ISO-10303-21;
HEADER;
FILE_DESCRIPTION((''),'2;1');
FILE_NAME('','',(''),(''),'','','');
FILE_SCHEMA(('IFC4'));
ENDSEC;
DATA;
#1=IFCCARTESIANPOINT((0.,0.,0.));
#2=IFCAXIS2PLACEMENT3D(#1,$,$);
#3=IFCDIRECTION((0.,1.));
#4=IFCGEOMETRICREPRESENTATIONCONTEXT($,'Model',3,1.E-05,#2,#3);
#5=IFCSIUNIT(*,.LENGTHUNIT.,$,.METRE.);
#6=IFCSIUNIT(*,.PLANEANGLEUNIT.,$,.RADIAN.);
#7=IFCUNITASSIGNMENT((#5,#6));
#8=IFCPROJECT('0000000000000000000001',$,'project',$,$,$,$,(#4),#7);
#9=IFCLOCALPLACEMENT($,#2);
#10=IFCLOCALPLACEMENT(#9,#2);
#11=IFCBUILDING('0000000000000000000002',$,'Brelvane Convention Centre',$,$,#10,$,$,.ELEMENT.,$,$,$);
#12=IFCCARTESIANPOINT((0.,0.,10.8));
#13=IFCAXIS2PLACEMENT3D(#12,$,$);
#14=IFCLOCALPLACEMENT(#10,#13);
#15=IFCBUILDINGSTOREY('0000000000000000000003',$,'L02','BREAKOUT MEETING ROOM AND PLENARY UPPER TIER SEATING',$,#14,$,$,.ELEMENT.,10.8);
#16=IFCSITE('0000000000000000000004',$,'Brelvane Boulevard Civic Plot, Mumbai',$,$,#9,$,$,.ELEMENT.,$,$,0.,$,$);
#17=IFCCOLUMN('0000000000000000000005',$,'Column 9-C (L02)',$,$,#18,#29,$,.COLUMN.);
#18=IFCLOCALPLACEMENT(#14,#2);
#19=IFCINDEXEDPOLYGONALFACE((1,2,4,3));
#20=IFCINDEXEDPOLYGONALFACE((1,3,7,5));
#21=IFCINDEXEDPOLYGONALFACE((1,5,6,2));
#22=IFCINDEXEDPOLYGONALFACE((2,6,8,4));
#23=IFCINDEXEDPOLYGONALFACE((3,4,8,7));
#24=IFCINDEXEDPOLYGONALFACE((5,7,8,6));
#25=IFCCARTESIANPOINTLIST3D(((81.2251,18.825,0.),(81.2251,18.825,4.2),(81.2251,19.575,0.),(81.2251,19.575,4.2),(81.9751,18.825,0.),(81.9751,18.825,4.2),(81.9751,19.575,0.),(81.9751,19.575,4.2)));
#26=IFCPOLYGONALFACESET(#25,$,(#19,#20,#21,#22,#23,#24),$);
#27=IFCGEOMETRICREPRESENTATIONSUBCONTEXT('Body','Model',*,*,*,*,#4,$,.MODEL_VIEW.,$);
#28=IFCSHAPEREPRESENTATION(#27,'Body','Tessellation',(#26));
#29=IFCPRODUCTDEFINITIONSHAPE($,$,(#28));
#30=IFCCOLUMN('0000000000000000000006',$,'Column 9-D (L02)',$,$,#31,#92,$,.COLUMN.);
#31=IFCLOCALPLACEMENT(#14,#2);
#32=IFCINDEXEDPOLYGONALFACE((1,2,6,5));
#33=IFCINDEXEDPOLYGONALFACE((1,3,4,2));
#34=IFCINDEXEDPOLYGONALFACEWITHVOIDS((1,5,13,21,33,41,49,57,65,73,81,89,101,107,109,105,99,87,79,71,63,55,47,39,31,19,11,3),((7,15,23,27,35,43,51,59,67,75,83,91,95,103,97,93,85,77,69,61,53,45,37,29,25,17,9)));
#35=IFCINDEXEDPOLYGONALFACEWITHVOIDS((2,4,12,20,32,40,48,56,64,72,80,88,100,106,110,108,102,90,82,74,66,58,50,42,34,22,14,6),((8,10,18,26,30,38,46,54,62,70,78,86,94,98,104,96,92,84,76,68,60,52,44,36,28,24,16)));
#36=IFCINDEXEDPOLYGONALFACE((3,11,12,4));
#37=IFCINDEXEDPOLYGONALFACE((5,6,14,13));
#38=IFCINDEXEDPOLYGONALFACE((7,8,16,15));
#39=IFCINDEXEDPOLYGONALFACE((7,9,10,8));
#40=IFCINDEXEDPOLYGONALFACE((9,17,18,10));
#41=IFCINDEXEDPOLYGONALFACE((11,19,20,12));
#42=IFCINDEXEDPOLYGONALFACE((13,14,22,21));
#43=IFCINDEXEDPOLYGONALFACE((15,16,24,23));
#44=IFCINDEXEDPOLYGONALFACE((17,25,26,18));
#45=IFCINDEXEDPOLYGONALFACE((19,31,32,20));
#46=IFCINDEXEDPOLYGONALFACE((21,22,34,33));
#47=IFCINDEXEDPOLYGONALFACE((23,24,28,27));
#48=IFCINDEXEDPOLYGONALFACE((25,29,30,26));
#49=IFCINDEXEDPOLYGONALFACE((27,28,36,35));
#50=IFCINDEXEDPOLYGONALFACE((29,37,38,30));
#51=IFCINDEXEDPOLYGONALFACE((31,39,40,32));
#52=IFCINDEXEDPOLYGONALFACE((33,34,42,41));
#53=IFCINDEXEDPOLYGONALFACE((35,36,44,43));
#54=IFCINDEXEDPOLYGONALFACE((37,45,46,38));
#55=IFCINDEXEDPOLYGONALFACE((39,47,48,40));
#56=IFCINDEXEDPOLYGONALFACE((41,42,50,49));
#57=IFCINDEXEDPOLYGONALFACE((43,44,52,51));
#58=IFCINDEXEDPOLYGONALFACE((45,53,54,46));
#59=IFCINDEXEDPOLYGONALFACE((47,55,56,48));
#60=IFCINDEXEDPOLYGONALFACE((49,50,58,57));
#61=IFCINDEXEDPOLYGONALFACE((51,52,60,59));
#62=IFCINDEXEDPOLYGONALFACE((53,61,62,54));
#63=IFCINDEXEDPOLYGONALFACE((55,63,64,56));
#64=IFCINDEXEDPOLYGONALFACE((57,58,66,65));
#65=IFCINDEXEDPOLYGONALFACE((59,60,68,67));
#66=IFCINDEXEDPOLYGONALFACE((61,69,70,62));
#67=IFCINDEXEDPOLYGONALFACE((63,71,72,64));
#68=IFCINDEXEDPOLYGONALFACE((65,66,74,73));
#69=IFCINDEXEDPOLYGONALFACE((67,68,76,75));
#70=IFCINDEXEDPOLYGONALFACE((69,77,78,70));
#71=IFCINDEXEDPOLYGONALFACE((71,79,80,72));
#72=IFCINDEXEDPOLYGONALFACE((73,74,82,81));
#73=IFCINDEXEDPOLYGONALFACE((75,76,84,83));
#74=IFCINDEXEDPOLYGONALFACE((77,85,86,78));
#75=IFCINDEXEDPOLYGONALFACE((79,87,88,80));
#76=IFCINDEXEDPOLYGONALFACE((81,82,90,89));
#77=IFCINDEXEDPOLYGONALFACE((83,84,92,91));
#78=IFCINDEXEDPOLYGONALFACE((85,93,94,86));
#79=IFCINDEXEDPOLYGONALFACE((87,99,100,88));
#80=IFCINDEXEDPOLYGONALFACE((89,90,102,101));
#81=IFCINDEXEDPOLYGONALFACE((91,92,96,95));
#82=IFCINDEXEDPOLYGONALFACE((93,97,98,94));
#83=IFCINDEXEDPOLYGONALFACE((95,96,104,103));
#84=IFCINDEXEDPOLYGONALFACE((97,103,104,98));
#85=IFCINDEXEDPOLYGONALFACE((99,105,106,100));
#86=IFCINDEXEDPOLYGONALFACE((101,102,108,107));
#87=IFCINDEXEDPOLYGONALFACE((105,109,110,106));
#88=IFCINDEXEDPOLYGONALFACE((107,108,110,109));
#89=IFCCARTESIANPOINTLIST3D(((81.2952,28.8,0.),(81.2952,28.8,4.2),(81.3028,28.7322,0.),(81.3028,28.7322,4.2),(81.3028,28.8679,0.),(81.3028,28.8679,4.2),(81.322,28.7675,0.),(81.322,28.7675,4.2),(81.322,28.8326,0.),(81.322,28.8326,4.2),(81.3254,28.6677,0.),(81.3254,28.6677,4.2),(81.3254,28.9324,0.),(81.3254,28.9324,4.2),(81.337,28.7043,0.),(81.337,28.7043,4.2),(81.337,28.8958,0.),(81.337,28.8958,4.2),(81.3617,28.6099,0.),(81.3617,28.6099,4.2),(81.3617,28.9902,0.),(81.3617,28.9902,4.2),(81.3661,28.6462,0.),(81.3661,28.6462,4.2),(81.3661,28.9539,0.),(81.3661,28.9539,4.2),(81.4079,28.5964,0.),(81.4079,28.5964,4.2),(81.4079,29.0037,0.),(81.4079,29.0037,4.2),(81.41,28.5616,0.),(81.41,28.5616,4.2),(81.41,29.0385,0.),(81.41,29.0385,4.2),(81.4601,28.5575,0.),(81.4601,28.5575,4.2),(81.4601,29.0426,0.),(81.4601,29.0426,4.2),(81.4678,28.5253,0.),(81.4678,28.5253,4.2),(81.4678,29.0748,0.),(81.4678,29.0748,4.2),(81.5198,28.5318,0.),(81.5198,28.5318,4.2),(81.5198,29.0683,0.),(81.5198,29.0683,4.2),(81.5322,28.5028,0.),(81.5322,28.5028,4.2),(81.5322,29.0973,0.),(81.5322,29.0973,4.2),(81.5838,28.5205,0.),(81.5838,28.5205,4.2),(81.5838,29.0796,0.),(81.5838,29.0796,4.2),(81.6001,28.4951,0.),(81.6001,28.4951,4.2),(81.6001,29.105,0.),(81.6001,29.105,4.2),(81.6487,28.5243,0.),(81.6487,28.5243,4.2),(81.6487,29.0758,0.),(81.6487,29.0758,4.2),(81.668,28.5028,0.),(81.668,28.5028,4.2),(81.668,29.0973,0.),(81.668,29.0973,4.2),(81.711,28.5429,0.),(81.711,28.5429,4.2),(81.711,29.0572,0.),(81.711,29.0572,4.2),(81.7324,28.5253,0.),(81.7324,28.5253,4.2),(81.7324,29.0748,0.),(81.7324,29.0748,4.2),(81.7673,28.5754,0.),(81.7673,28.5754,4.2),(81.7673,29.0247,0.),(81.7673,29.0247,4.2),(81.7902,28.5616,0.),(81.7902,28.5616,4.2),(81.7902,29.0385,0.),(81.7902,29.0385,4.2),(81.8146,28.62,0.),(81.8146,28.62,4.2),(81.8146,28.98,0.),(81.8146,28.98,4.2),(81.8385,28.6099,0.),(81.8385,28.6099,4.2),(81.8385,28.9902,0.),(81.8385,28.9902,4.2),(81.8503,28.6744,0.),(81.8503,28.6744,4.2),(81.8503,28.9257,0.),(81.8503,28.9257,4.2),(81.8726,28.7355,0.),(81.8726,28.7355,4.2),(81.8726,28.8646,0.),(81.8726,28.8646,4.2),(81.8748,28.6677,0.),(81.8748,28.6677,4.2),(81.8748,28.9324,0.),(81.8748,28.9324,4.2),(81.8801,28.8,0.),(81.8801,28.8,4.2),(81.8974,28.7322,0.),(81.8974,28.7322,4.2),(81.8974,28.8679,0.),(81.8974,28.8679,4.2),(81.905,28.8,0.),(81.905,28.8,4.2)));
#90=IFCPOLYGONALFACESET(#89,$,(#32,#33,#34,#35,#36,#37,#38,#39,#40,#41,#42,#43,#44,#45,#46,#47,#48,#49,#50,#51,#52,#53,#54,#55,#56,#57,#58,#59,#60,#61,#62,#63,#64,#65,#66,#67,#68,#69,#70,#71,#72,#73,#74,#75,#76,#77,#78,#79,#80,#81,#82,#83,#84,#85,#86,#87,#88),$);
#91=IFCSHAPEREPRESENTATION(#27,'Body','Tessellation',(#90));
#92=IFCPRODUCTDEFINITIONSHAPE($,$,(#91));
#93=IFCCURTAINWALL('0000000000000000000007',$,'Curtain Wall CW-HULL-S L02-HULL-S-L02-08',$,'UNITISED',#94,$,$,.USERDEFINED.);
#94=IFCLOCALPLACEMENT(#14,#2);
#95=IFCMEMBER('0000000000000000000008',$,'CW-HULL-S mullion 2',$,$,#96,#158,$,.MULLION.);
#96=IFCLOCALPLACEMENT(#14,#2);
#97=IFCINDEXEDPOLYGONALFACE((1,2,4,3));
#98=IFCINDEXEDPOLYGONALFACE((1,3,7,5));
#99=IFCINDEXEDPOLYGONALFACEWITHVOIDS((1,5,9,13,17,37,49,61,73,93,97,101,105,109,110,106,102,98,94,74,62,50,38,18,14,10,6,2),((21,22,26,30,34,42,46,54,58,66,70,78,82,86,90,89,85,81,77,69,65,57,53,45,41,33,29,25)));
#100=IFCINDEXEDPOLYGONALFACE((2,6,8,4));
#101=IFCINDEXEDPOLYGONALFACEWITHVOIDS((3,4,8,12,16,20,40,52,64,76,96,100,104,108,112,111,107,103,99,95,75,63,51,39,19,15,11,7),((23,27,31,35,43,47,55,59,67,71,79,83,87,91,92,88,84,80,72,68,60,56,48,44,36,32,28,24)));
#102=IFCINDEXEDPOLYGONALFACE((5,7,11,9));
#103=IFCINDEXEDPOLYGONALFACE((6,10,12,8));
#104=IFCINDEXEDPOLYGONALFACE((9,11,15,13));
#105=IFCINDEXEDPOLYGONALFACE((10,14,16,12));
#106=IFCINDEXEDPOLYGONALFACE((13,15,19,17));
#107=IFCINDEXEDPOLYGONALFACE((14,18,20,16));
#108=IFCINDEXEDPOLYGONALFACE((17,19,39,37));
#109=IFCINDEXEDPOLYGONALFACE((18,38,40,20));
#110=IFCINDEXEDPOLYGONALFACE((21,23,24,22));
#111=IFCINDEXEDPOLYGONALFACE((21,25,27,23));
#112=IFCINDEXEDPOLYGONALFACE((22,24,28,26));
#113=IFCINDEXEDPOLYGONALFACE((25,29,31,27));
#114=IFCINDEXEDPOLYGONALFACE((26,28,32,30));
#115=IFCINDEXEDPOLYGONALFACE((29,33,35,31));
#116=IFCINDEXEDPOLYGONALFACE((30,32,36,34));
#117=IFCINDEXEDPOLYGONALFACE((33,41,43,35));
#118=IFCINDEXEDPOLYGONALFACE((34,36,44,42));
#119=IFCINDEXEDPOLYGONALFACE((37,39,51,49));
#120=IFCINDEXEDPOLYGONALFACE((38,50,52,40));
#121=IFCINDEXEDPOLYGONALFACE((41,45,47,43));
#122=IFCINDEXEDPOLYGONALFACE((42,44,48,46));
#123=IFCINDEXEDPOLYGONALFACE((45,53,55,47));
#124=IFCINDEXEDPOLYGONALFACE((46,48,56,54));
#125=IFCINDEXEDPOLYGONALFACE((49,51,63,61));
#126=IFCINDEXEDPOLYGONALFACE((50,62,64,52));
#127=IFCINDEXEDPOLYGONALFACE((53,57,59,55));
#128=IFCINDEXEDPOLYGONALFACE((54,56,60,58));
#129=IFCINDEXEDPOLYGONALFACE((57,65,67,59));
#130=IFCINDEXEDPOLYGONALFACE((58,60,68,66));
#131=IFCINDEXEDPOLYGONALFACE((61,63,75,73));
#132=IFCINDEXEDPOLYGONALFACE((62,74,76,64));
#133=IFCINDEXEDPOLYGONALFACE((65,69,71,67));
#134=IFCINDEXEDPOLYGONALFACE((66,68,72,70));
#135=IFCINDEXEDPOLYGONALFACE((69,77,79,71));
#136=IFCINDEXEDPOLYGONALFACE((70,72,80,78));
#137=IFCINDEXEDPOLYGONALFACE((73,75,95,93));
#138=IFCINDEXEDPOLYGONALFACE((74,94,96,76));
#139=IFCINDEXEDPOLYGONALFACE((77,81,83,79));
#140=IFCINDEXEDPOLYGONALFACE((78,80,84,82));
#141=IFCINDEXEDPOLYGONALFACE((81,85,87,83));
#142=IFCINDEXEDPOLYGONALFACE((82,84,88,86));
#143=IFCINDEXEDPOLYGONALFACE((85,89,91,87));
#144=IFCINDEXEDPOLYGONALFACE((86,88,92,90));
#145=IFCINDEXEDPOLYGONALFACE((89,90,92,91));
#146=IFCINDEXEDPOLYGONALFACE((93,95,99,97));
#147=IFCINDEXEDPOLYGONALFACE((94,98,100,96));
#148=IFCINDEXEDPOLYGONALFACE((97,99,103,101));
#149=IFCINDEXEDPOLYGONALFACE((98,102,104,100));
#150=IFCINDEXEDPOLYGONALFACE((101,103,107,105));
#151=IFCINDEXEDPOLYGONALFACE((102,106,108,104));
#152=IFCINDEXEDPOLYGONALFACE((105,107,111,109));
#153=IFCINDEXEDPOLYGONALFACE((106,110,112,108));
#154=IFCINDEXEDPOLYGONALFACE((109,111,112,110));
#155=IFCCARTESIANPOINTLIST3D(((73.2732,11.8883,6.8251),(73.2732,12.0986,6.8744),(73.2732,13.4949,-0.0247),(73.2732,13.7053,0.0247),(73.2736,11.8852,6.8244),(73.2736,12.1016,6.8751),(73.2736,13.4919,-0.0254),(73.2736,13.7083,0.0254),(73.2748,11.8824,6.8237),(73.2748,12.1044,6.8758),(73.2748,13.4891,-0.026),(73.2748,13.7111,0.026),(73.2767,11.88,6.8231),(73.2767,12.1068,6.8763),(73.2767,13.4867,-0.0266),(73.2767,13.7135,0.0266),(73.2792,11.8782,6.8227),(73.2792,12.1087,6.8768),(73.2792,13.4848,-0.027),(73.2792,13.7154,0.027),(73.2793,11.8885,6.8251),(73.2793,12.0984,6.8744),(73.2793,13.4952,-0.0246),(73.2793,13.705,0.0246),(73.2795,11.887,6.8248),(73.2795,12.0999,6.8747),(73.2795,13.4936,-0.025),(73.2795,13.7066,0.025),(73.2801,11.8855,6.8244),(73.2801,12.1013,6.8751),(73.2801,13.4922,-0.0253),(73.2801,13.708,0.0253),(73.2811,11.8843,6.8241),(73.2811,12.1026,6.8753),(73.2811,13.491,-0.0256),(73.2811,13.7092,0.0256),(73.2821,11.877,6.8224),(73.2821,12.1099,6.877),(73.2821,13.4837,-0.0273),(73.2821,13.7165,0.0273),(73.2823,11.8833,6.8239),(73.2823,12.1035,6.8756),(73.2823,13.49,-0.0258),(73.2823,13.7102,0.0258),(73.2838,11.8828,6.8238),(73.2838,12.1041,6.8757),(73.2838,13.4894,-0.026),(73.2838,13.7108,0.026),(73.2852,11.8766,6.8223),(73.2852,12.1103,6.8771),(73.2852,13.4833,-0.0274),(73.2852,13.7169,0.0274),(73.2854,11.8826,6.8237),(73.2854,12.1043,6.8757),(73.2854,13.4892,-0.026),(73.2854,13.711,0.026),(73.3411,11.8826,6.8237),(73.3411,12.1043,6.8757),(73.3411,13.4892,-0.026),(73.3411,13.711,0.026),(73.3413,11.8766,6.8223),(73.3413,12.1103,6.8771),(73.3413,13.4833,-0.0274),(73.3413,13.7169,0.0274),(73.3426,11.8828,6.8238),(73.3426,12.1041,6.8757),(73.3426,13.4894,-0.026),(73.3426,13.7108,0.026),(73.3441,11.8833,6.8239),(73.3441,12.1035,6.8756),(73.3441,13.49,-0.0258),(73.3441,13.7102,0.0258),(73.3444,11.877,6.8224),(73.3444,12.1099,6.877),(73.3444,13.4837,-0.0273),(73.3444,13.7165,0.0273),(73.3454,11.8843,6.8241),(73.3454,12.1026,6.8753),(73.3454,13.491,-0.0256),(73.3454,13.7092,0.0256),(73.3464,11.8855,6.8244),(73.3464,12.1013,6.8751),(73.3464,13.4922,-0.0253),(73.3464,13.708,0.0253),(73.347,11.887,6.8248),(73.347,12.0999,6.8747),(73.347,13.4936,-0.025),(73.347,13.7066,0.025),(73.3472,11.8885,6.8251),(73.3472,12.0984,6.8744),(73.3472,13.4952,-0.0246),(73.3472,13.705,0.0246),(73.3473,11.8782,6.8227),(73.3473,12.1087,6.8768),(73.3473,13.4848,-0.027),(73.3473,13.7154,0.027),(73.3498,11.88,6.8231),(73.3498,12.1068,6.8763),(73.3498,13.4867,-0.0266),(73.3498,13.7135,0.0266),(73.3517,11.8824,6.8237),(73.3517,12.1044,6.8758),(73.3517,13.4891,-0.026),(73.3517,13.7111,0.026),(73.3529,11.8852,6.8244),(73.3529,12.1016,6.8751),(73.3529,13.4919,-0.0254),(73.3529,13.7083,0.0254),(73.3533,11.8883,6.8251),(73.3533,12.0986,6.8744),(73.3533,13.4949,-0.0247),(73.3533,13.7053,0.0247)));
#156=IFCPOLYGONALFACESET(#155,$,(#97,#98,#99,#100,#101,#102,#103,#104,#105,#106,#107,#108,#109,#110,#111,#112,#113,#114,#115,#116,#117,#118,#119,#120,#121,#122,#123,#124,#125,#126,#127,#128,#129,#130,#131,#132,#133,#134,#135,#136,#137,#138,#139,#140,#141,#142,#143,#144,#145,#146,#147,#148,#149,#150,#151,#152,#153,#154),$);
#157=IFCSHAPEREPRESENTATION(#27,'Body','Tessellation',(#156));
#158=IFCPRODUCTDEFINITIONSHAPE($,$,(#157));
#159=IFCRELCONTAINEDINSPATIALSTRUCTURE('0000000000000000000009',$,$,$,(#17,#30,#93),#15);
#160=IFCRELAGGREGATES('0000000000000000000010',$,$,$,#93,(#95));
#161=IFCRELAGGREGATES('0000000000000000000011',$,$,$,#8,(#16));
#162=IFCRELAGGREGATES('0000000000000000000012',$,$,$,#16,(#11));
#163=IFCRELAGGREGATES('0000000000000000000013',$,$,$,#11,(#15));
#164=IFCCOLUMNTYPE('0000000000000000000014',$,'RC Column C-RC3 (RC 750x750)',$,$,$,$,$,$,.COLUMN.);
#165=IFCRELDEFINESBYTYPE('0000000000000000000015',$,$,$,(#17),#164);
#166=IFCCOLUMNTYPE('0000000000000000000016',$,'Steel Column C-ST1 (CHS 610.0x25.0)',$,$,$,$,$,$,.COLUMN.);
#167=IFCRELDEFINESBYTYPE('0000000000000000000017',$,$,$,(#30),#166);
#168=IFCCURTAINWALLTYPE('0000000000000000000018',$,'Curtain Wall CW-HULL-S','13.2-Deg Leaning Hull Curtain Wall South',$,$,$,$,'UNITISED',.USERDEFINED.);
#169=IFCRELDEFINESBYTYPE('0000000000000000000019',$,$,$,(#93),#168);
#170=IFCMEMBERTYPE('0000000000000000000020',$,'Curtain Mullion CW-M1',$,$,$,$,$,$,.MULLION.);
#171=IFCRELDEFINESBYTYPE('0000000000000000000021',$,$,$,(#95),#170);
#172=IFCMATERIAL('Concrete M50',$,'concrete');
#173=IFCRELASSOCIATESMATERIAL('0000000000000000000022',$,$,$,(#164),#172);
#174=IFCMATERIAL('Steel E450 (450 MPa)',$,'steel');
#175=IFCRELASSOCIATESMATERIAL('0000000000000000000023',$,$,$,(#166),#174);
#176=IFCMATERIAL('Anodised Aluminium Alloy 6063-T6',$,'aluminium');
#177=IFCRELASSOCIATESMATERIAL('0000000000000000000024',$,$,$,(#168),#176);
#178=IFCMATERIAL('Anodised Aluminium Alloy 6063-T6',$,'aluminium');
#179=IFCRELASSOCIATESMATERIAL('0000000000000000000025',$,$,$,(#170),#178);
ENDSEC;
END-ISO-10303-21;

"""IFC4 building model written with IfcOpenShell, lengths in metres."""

from ifc_helpers import new_model, si_unit, direction, frame, origin, origin_2d, place, context, subcontext, project, spatial, rectangle, hollow_rectangle, hollow_circle, extrude, material, material_profile, profile_set, type_object, element, aggregate, save


model = new_model("IFC4")

# Units and contexts
model_context = context("Model", 3, precision=1e-05, world=origin(), true_north=direction((0.0, 1.0)))
body_context = subcontext(model_context, "Body", "Model", "MODEL_VIEW")
ifc_project = project(units=[si_unit("LENGTHUNIT", "METRE"), si_unit("PLANEANGLEUNIT", "RADIAN")], contexts=[model_context])

# Site, building, storey
site_placement = place(None, origin())
site = spatial("IfcSite", under=ifc_project, at=site_placement, Name="Brelvane Boulevard Civic Plot, Mumbai", CompositionType="ELEMENT", RefElevation=0.0)
building_placement = place(site_placement, origin())
building = spatial("IfcBuilding", under=site, at=building_placement, Name="Brelvane Convention Centre", CompositionType="ELEMENT")
storey_placement = place(building_placement, frame((0.0, 0.0, 10.8)))
storey = spatial("IfcBuildingStorey", under=building, at=storey_placement, Name="L02", Description="BREAKOUT MEETING ROOM AND PLENARY UPPER TIER SEATING", CompositionType="ELEMENT", Elevation=10.8)

# Columns
ifc_material_1 = material(Name="Concrete M50", Category="concrete")
ifc_material_profile_1 = material_profile(ifc_material_1, rectangle(XDim=0.75, YDim=0.75, at=origin_2d()), Name="RC 750x750")
ifc_profile_set_1 = profile_set([ifc_material_profile_1], Name="Concrete M50")
column_type_1 = type_object("IfcColumnType", Name="RC Column C-RC3 (RC 750x750)", PredefinedType="COLUMN", material=ifc_profile_set_1)
column_1_placement = place(storey_placement, frame((81.6001, 19.2, 0.0), z_axis=(0.0, 0.0, 1.0), x_axis=(1.0, 0.0, 0.0)))
element("IfcColumn", 1, at=column_1_placement, inside=storey, type_object=column_type_1, Name="Column 9-C (L02)", PredefinedType="COLUMN", context=body_context, shape_type="SweptSolid", body=[
    extrude(rectangle(XDim=0.75, YDim=0.75, at=origin_2d()), origin(), (0.0, 0.0, 1.0), 4.2),
])
ifc_material_2 = material(Name="Steel E450 (450 MPa)", Category="steel")
ifc_material_profile_2 = material_profile(ifc_material_2, hollow_circle(Radius=0.3049, WallThickness=0.0249, at=origin_2d()), Name="CHS 610.0x25.0")
ifc_profile_set_2 = profile_set([ifc_material_profile_2], Name="Steel E450 (450 MPa)")
column_type_2 = type_object("IfcColumnType", Name="Steel Column C-ST1 (CHS 610.0x25.0)", PredefinedType="COLUMN", material=ifc_profile_set_2)
column_2_placement = place(storey_placement, frame((81.6001, 28.8, 0.0), z_axis=(0.0, 0.0, 1.0), x_axis=(1.0, 0.0, 0.0)))
element("IfcColumn", 2, at=column_2_placement, inside=storey, type_object=column_type_2, Name="Column 9-D (L02)", PredefinedType="COLUMN", context=body_context, shape_type="SweptSolid", body=[
    extrude(hollow_circle(Radius=0.3049, WallThickness=0.0249, at=origin_2d()), origin(), (0.0, 0.0, 1.0), 4.2),
])

# Curtain wall, member
ifc_material_3 = material(Name="Anodised Aluminium Alloy 6063-T6", Category="aluminium")
curtain_wall_type = type_object("IfcCurtainWallType", Name="Curtain Wall CW-HULL-S", Description="13.2-Deg Leaning Hull Curtain Wall South", ElementType="UNITISED", PredefinedType="USERDEFINED", material=ifc_material_3)
curtain_wall_1_placement = place(storey_placement, origin())
curtain_wall_1 = element("IfcCurtainWall", 3, at=curtain_wall_1_placement, inside=storey, type_object=curtain_wall_type, Name="Curtain Wall CW-HULL-S L02-HULL-S-L02-08", ObjectType="UNITISED", PredefinedType="USERDEFINED")
ifc_material_4 = material(Name="Anodised Aluminium Alloy 6063-T6", Category="aluminium")
ifc_material_profile_3 = material_profile(ifc_material_4, hollow_rectangle(XDim=0.0801, YDim=0.24, WallThickness=0.0061, InnerFilletRadius=0.0061, OuterFilletRadius=0.012, at=origin_2d()), Name="ALU-M 240x80x6.0")
ifc_profile_set_3 = profile_set([ifc_material_profile_3], Name="Anodised Aluminium Alloy 6063-T6")
member_type_1 = type_object("IfcMemberType", Name="Curtain Mullion CW-M1", PredefinedType="MULLION", material=ifc_profile_set_3)
member_1_placement = place(storey_placement, frame((73.3132, 13.6001, 0.0), z_axis=(0.0, -0.22836, 0.973577), x_axis=(1.0, 0.0, 0.0)))
member_1 = element("IfcMember", 4, at=member_1_placement, type_object=member_type_1, Name="CW-HULL-S mullion 2", PredefinedType="MULLION", context=body_context, shape_type="SweptSolid", body=[
    extrude(hollow_rectangle(XDim=0.0801, YDim=0.24, WallThickness=0.0061, InnerFilletRadius=0.0061, OuterFilletRadius=0.012, at=origin_2d()), origin(), (0.0, 0.0, 1.0), 7.0356),
])

aggregate(curtain_wall_1, [member_1])

save(model, "model.ifc")
